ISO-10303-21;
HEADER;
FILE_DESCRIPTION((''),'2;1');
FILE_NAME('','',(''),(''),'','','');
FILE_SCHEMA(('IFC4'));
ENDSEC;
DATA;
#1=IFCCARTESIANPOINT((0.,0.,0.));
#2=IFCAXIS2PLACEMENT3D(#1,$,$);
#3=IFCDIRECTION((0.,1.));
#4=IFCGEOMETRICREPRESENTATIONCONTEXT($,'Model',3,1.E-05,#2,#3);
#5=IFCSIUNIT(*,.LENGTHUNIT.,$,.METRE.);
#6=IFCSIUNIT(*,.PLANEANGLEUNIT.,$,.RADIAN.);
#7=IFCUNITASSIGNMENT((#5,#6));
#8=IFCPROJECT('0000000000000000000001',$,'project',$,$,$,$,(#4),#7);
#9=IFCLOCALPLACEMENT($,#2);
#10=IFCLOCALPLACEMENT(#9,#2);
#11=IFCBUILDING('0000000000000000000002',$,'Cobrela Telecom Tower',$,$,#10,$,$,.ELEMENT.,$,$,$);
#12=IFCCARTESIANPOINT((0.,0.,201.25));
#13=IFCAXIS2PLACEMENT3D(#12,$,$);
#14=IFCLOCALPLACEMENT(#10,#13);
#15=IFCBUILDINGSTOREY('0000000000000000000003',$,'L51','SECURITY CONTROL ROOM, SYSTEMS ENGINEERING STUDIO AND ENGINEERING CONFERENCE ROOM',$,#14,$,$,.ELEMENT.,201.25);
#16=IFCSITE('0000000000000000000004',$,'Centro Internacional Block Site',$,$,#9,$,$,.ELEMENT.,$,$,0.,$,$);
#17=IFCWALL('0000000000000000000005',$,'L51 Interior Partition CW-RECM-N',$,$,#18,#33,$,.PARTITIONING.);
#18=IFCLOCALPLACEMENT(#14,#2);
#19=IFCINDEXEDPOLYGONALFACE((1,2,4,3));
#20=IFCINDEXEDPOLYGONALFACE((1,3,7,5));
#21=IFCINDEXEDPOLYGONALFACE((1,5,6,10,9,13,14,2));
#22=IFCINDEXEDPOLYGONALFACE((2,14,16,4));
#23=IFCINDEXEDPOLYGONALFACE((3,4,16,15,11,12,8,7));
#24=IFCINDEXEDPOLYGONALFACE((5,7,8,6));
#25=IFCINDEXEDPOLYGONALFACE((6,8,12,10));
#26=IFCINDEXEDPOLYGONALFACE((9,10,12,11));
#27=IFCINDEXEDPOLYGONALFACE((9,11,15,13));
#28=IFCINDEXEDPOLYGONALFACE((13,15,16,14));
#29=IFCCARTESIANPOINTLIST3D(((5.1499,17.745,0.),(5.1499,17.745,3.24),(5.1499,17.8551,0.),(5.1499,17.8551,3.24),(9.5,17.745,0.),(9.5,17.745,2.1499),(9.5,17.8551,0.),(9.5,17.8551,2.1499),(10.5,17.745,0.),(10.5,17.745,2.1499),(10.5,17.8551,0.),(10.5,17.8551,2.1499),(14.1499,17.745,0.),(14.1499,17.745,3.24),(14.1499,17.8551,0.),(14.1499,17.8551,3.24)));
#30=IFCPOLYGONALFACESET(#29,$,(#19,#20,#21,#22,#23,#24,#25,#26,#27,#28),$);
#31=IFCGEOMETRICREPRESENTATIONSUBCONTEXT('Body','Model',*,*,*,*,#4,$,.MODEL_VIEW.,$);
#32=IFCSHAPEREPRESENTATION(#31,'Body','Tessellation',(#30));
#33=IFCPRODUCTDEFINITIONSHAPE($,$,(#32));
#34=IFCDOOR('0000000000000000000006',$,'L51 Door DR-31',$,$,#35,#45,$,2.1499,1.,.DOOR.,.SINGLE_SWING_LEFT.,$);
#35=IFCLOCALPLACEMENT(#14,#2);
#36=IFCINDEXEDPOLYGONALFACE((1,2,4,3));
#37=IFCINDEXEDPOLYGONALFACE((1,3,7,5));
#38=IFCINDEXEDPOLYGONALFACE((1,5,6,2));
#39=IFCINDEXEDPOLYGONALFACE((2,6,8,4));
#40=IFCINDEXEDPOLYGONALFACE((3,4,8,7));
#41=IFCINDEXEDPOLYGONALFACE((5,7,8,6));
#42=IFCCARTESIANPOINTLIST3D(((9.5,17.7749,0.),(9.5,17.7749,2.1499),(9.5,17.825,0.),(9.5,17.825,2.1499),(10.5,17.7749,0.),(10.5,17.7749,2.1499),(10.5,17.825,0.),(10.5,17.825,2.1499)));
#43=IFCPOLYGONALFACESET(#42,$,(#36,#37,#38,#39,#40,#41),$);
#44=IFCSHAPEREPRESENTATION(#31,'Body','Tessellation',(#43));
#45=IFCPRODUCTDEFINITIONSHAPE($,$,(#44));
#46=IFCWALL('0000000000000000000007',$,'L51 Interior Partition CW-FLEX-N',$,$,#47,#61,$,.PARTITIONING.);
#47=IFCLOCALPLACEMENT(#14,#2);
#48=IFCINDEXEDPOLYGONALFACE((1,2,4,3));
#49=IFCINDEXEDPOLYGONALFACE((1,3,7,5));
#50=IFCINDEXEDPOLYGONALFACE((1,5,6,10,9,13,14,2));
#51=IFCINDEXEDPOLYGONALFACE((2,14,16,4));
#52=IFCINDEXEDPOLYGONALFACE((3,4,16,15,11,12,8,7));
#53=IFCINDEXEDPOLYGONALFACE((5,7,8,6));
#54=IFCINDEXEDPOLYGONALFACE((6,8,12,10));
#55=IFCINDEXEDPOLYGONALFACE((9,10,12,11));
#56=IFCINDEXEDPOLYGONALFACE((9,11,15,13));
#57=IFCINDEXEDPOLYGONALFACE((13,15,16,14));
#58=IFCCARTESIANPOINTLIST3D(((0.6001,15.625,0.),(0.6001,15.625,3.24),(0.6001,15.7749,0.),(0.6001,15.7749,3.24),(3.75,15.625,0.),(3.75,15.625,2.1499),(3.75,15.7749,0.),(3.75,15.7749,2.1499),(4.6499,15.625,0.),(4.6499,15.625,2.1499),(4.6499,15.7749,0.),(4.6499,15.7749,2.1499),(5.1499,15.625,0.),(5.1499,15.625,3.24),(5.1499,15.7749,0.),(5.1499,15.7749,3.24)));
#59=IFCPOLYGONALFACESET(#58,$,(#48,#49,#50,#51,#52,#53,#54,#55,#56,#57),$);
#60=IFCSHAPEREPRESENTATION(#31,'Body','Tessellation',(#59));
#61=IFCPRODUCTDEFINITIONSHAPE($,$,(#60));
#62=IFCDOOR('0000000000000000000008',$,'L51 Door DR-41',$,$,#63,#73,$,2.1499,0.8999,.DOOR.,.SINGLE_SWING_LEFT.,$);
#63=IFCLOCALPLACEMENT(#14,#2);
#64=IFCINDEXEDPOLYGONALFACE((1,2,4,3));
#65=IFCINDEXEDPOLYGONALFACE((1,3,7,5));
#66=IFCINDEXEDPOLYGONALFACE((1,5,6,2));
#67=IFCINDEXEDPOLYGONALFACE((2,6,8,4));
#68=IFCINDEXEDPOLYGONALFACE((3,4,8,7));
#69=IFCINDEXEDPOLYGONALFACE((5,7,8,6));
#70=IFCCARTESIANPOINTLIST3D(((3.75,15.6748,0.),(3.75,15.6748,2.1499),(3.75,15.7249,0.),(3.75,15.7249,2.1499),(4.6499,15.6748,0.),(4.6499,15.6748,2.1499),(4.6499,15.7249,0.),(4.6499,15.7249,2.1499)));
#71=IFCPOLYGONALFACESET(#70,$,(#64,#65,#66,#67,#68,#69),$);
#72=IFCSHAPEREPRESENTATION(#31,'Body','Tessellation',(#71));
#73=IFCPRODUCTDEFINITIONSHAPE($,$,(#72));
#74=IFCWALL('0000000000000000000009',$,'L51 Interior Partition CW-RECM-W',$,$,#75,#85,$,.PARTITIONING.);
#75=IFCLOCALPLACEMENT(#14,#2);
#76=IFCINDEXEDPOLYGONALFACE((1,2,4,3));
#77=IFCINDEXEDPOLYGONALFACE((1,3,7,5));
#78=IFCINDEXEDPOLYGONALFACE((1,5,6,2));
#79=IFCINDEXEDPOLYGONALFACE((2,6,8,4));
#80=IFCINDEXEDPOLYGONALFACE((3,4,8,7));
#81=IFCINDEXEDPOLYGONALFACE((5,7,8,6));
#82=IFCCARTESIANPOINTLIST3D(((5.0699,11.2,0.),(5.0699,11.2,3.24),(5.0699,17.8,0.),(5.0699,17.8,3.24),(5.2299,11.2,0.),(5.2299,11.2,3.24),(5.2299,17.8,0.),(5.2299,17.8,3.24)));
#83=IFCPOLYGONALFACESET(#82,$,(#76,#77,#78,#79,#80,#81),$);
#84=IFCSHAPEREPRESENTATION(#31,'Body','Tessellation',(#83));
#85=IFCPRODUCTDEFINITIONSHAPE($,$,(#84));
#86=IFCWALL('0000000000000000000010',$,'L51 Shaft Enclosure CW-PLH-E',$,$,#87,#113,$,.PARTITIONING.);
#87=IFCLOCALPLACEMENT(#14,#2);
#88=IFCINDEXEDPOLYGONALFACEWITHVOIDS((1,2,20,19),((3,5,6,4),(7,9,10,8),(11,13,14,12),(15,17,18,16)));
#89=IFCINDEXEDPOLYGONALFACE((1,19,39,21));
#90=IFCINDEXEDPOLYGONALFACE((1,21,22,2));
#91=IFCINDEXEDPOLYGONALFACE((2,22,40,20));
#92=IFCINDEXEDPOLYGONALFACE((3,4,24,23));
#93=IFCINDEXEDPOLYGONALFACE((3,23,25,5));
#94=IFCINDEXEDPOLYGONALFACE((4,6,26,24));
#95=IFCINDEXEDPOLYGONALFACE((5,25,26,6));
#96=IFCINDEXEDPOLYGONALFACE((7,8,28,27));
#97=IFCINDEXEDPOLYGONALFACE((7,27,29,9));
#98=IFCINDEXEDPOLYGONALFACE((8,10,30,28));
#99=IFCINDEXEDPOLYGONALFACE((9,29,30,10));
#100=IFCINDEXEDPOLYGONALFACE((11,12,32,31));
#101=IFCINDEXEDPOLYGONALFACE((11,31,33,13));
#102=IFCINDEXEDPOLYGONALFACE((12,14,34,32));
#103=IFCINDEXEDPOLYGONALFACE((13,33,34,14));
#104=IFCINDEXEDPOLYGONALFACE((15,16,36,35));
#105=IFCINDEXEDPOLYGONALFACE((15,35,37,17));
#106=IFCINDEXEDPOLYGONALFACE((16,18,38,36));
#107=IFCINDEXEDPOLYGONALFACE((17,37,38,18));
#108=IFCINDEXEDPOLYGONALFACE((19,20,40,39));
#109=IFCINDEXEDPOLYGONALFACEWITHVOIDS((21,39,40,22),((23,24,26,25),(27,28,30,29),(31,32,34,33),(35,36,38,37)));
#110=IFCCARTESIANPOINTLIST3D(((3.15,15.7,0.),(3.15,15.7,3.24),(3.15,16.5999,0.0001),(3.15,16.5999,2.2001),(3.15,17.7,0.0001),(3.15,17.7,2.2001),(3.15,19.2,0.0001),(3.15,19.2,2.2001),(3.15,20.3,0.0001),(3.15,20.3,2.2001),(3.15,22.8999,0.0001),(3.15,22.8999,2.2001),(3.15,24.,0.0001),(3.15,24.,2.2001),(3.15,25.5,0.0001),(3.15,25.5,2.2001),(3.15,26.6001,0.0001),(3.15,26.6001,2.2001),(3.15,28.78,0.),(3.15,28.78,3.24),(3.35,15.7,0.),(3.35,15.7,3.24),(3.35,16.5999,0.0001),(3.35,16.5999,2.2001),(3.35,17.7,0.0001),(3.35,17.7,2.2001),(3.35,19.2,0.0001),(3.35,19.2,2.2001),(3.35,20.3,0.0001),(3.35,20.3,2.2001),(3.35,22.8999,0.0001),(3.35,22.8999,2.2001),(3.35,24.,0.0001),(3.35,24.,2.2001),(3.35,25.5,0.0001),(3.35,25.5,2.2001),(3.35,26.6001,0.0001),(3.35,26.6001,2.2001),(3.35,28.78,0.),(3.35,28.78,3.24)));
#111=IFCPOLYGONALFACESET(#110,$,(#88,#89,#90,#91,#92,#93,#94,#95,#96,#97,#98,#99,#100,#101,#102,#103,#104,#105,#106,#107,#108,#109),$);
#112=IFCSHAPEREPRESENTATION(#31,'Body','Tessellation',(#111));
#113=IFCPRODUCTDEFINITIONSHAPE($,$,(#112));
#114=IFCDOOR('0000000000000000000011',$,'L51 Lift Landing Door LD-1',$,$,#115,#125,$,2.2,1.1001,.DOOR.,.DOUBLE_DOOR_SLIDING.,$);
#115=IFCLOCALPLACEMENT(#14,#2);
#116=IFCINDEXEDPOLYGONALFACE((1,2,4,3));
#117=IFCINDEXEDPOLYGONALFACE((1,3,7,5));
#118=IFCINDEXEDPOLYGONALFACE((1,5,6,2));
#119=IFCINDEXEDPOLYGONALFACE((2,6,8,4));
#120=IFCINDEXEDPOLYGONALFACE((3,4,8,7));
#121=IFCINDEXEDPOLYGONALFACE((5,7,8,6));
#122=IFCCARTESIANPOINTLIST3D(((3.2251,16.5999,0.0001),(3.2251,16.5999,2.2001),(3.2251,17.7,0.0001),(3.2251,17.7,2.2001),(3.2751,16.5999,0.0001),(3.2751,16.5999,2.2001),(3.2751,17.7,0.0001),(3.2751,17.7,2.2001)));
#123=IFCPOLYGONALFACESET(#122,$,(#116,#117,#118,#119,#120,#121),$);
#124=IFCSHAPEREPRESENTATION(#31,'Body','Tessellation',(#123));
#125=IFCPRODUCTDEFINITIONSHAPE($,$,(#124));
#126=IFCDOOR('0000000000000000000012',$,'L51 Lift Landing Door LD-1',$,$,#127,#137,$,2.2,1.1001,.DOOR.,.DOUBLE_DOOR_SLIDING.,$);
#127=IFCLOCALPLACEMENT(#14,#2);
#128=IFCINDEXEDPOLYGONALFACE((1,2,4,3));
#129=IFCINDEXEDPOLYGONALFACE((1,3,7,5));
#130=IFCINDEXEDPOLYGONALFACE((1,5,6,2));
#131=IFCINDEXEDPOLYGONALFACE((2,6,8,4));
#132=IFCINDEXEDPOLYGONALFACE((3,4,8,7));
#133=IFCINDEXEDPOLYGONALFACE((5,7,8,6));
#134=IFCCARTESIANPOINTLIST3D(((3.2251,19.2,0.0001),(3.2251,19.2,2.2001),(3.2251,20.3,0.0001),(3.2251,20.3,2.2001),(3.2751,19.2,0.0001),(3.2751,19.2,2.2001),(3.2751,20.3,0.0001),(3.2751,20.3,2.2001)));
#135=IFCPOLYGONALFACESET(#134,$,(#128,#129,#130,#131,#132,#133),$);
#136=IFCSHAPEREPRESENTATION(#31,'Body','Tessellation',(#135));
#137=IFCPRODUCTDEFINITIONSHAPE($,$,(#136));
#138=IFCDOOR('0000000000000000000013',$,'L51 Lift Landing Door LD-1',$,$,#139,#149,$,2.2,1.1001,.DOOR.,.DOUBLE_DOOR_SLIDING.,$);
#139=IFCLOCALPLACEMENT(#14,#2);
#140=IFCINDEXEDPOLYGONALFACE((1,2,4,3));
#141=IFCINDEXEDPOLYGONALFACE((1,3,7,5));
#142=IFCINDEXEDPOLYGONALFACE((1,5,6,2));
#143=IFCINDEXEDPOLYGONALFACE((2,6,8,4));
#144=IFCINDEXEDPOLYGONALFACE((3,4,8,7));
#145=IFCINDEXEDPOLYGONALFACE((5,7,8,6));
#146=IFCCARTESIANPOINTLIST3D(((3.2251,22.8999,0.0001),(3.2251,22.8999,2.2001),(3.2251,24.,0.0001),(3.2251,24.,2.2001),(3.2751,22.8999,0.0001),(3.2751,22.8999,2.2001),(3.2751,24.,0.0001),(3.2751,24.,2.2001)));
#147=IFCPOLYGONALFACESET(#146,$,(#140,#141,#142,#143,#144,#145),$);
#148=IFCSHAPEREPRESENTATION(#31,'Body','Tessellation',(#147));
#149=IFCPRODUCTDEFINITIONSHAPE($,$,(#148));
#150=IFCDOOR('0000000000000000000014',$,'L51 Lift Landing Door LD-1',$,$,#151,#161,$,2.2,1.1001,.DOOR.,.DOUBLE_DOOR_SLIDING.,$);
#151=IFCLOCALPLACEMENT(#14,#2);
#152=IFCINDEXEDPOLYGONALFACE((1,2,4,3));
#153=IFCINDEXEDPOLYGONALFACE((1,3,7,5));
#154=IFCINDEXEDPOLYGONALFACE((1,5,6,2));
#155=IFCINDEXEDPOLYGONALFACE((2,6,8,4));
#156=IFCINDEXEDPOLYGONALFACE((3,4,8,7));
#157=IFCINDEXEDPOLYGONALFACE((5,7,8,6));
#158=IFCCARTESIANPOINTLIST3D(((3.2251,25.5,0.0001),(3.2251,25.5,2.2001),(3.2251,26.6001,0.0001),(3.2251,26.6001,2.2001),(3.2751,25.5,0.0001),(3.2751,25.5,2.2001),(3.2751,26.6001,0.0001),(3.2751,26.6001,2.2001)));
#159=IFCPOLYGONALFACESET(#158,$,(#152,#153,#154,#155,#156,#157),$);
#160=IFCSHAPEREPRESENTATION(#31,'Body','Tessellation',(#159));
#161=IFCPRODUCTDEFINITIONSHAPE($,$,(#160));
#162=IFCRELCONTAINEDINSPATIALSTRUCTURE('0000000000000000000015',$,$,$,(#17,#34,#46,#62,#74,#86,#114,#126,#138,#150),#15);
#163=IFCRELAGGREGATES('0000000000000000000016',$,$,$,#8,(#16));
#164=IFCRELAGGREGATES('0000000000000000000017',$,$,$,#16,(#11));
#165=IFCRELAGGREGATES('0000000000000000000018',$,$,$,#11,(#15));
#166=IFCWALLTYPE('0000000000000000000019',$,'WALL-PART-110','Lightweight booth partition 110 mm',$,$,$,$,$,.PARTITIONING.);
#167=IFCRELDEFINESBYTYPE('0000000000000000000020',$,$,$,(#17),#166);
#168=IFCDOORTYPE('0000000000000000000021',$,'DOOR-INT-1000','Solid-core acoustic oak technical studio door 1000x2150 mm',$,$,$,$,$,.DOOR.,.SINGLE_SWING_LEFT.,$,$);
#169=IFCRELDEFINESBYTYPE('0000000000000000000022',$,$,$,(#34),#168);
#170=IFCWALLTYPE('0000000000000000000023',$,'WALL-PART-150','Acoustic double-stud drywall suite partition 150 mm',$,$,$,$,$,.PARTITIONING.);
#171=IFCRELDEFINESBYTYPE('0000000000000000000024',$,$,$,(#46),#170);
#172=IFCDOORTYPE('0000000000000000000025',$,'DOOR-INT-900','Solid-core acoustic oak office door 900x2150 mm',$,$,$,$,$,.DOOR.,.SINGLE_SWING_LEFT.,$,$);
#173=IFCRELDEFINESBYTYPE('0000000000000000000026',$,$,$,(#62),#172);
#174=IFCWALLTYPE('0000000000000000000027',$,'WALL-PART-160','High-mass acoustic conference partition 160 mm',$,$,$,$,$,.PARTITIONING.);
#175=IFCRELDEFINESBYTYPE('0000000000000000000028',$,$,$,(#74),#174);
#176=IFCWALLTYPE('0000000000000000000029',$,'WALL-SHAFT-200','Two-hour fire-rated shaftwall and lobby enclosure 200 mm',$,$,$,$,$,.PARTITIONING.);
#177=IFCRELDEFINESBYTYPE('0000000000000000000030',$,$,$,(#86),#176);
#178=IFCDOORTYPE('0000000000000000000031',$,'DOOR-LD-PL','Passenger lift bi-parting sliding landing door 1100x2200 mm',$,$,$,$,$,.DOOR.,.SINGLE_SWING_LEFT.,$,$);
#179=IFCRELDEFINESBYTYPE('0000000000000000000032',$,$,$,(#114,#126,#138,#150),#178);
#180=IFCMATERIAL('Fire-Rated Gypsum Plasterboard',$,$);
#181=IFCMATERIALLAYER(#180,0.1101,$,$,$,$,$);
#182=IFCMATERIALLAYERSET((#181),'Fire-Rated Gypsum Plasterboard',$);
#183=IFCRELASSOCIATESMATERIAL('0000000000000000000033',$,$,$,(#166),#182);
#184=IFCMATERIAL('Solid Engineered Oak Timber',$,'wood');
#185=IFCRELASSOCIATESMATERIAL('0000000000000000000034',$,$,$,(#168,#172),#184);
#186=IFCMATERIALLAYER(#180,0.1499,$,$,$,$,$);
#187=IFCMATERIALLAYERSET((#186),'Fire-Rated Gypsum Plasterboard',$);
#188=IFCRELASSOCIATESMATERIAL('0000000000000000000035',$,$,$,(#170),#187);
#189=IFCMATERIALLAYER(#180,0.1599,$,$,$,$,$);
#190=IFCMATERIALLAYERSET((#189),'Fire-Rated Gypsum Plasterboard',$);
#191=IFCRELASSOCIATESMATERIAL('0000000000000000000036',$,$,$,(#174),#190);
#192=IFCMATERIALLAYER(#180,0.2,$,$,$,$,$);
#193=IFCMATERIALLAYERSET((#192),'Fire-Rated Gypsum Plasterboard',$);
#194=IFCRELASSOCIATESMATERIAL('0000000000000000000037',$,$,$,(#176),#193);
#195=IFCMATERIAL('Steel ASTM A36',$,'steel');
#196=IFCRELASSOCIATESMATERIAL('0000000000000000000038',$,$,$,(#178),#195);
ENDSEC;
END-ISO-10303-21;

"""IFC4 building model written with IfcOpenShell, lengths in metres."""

from ifc_helpers import new_model, si_unit, direction, frame, frame_2d, origin, place, context, subcontext, project, spatial, rectangle, extrude, material, layer, layer_set, type_object, element, fill, save


model = new_model("IFC4")

# Units and contexts
model_context = context("Model", 3, precision=1e-05, world=origin(), true_north=direction((0.0, 1.0)))
body_context = subcontext(model_context, "Body", "Model", "MODEL_VIEW")
ifc_project = project(units=[si_unit("LENGTHUNIT", "METRE"), si_unit("PLANEANGLEUNIT", "RADIAN")], contexts=[model_context])

# Site, building, storey
site_placement = place(None, origin())
site = spatial("IfcSite", under=ifc_project, at=site_placement, Name="Centro Internacional Block Site", CompositionType="ELEMENT", RefElevation=0.0)
building_placement = place(site_placement, origin())
building = spatial("IfcBuilding", under=site, at=building_placement, Name="Cobrela Telecom Tower", CompositionType="ELEMENT")
storey_placement = place(building_placement, frame((0.0, 0.0, 201.25)))
storey = spatial("IfcBuildingStorey", under=building, at=storey_placement, Name="L51", Description="SECURITY CONTROL ROOM, SYSTEMS ENGINEERING STUDIO AND ENGINEERING CONFERENCE ROOM", CompositionType="ELEMENT", Elevation=201.25)

# Walls, openings, doors
ifc_material_1 = material(Name="Fire-Rated Gypsum Plasterboard")
ifc_layer_1 = layer(ifc_material_1, 0.1101)
ifc_layer_set_1 = layer_set([ifc_layer_1], Name="Fire-Rated Gypsum Plasterboard")
wall_type_1 = type_object("IfcWallType", Name="WALL-PART-110", Description="Lightweight booth partition 110 mm", PredefinedType="PARTITIONING", material=ifc_layer_set_1)
wall_1_placement = place(storey_placement, frame((5.1499, 17.8, 0.0), z_axis=(0.0, 0.0, 1.0), x_axis=(1.0, 0.0, 0.0)))
wall_1 = element("IfcWall", 1, at=wall_1_placement, inside=storey, type_object=wall_type_1, Name="L51 Interior Partition CW-RECM-N", PredefinedType="PARTITIONING", context=body_context, shape_type="SweptSolid", body=[
    extrude(rectangle(XDim=9.0, YDim=0.1101, at=frame_2d((4.5, 0.0))), origin(), (0.0, 0.0, 1.0), 3.24),
])
opening_1_placement = place(wall_1_placement, frame((4.3501, 0.0, 0.0)))
opening_1 = element("IfcOpeningElement", 2, at=opening_1_placement, cuts=wall_1, PredefinedType="OPENING", context=body_context, shape_type="SweptSolid", body=[
    extrude(rectangle(XDim=1.0, YDim=2.1499, at=frame_2d((0.5, 1.075))), frame((0.0, 0.0669, 0.0), z_axis=(0.0, -1.0, 0.0), x_axis=(1.0, 0.0, 0.0)), (0.0, 0.0, 1.0), 0.134),
])
ifc_material_2 = material(Name="Solid Engineered Oak Timber", Category="wood")
door_type_1 = type_object("IfcDoorType", Name="DOOR-INT-1000", Description="Solid-core acoustic oak technical studio door 1000x2150 mm", OperationType="SINGLE_SWING_LEFT", PredefinedType="DOOR", material=ifc_material_2)
door_1_placement = place(opening_1_placement, origin())
door_1 = element("IfcDoor", 3, at=door_1_placement, inside=storey, type_object=door_type_1, Name="L51 Door DR-31", OperationType="SINGLE_SWING_LEFT", OverallHeight=2.1499, OverallWidth=1.0, PredefinedType="DOOR", context=body_context, shape_type="SweptSolid", body=[
    extrude(rectangle(XDim=1.0, YDim=2.1499, at=frame_2d((0.5, 1.075))), frame((0.0, 0.0249, 0.0), z_axis=(0.0, -1.0, 0.0), x_axis=(1.0, 0.0, 0.0)), (0.0, 0.0, 1.0), 0.05),
])
fill(opening_1, door_1)
ifc_layer_2 = layer(ifc_material_1, 0.1499)
ifc_layer_set_2 = layer_set([ifc_layer_2], Name="Fire-Rated Gypsum Plasterboard")
wall_type_2 = type_object("IfcWallType", Name="WALL-PART-150", Description="Acoustic double-stud drywall suite partition 150 mm", PredefinedType="PARTITIONING", material=ifc_layer_set_2)
wall_2_placement = place(storey_placement, frame((0.6001, 15.7, 0.0), z_axis=(0.0, 0.0, 1.0), x_axis=(1.0, 0.0, 0.0)))
wall_2 = element("IfcWall", 4, at=wall_2_placement, inside=storey, type_object=wall_type_2, Name="L51 Interior Partition CW-FLEX-N", PredefinedType="PARTITIONING", context=body_context, shape_type="SweptSolid", body=[
    extrude(rectangle(XDim=4.5498, YDim=0.1499, at=frame_2d((2.2749, 0.0))), origin(), (0.0, 0.0, 1.0), 3.24),
])
opening_2_placement = place(wall_2_placement, frame((3.1499, 0.0, 0.0)))
opening_2 = element("IfcOpeningElement", 5, at=opening_2_placement, cuts=wall_2, PredefinedType="OPENING", context=body_context, shape_type="SweptSolid", body=[
    extrude(rectangle(XDim=0.8999, YDim=2.1499, at=frame_2d((0.45, 1.075))), frame((0.0, 0.0869, 0.0), z_axis=(0.0, -1.0, 0.0), x_axis=(1.0, 0.0, 0.0)), (0.0, 0.0, 1.0), 0.1738),
])
door_type_2 = type_object("IfcDoorType", Name="DOOR-INT-900", Description="Solid-core acoustic oak office door 900x2150 mm", OperationType="SINGLE_SWING_LEFT", PredefinedType="DOOR", material=ifc_material_2)
door_2_placement = place(opening_2_placement, origin())
door_2 = element("IfcDoor", 6, at=door_2_placement, inside=storey, type_object=door_type_2, Name="L51 Door DR-41", OperationType="SINGLE_SWING_LEFT", OverallHeight=2.1499, OverallWidth=0.8999, PredefinedType="DOOR", context=body_context, shape_type="SweptSolid", body=[
    extrude(rectangle(XDim=0.8999, YDim=2.1499, at=frame_2d((0.45, 1.075))), frame((0.0, 0.0249, 0.0), z_axis=(0.0, -1.0, 0.0), x_axis=(1.0, 0.0, 0.0)), (0.0, 0.0, 1.0), 0.05),
])
fill(opening_2, door_2)

# Wall
ifc_layer_3 = layer(ifc_material_1, 0.1599)
ifc_layer_set_3 = layer_set([ifc_layer_3], Name="Fire-Rated Gypsum Plasterboard")
wall_type_3 = type_object("IfcWallType", Name="WALL-PART-160", Description="High-mass acoustic conference partition 160 mm", PredefinedType="PARTITIONING", material=ifc_layer_set_3)
wall_3_placement = place(storey_placement, frame((5.1499, 11.2, 0.0), z_axis=(0.0, 0.0, 1.0), x_axis=(0.0, 1.0, 0.0)))
element("IfcWall", 7, at=wall_3_placement, inside=storey, type_object=wall_type_3, Name="L51 Interior Partition CW-RECM-W", PredefinedType="PARTITIONING", context=body_context, shape_type="SweptSolid", body=[
    extrude(rectangle(XDim=6.6001, YDim=0.1599, at=frame_2d((3.3, 0.0))), origin(), (0.0, 0.0, 1.0), 3.24),
])

# Wall, openings, doors
ifc_layer_4 = layer(ifc_material_1, 0.2)
ifc_layer_set_4 = layer_set([ifc_layer_4], Name="Fire-Rated Gypsum Plasterboard")
wall_type_4 = type_object("IfcWallType", Name="WALL-SHAFT-200", Description="Two-hour fire-rated shaftwall and lobby enclosure 200 mm", PredefinedType="PARTITIONING", material=ifc_layer_set_4)
wall_4_placement = place(storey_placement, frame((3.25, 15.7, 0.0), z_axis=(0.0, 0.0, 1.0), x_axis=(0.0, 1.0, 0.0)))
wall_4 = element("IfcWall", 8, at=wall_4_placement, inside=storey, type_object=wall_type_4, Name="L51 Shaft Enclosure CW-PLH-E", PredefinedType="PARTITIONING", context=body_context, shape_type="SweptSolid", body=[
    extrude(rectangle(XDim=13.0801, YDim=0.2, at=frame_2d((6.54, 0.0))), origin(), (0.0, 0.0, 1.0), 3.24),
])
opening_3_placement = place(wall_4_placement, frame((0.8999, 0.0, 0.0)))
opening_3 = element("IfcOpeningElement", 9, at=opening_3_placement, cuts=wall_4, PredefinedType="OPENING", context=body_context, shape_type="SweptSolid", body=[
    extrude(rectangle(XDim=1.1001, YDim=2.2, at=frame_2d((0.55, 1.1001))), frame((0.0, 0.1118, 0.0), z_axis=(0.0, -1.0, 0.0), x_axis=(1.0, 0.0, 0.0)), (0.0, 0.0, 1.0), 0.2239),
])
opening_4_placement = place(wall_4_placement, frame((3.5, 0.0, 0.0)))
opening_4 = element("IfcOpeningElement", 10, at=opening_4_placement, cuts=wall_4, PredefinedType="OPENING", context=body_context, shape_type="SweptSolid", body=[
    extrude(rectangle(XDim=1.1001, YDim=2.2, at=frame_2d((0.55, 1.1001))), frame((0.0, 0.1118, 0.0), z_axis=(0.0, -1.0, 0.0), x_axis=(1.0, 0.0, 0.0)), (0.0, 0.0, 1.0), 0.2239),
])
opening_5_placement = place(wall_4_placement, frame((7.2, 0.0, 0.0)))
opening_5 = element("IfcOpeningElement", 11, at=opening_5_placement, cuts=wall_4, PredefinedType="OPENING", context=body_context, shape_type="SweptSolid", body=[
    extrude(rectangle(XDim=1.1001, YDim=2.2, at=frame_2d((0.55, 1.1001))), frame((0.0, 0.1118, 0.0), z_axis=(0.0, -1.0, 0.0), x_axis=(1.0, 0.0, 0.0)), (0.0, 0.0, 1.0), 0.2239),
])
opening_6_placement = place(wall_4_placement, frame((9.8, 0.0, 0.0)))
opening_6 = element("IfcOpeningElement", 12, at=opening_6_placement, cuts=wall_4, PredefinedType="OPENING", context=body_context, shape_type="SweptSolid", body=[
    extrude(rectangle(XDim=1.1001, YDim=2.2, at=frame_2d((0.55, 1.1001))), frame((0.0, 0.1118, 0.0), z_axis=(0.0, -1.0, 0.0), x_axis=(1.0, 0.0, 0.0)), (0.0, 0.0, 1.0), 0.2239),
])
ifc_material_3 = material(Name="Steel ASTM A36", Category="steel")
door_type_3 = type_object("IfcDoorType", Name="DOOR-LD-PL", Description="Passenger lift bi-parting sliding landing door 1100x2200 mm", OperationType="SINGLE_SWING_LEFT", PredefinedType="DOOR", material=ifc_material_3)
door_3_placement = place(opening_3_placement, origin())
door_3 = element("IfcDoor", 13, at=door_3_placement, inside=storey, type_object=door_type_3, Name="L51 Lift Landing Door LD-1", OperationType="DOUBLE_DOOR_SLIDING", OverallHeight=2.2, OverallWidth=1.1001, PredefinedType="DOOR", context=body_context, shape_type="SweptSolid", body=[
    extrude(rectangle(XDim=1.1001, YDim=2.2, at=frame_2d((0.55, 1.1001))), frame((0.0, 0.0249, 0.0), z_axis=(0.0, -1.0, 0.0), x_axis=(1.0, 0.0, 0.0)), (0.0, 0.0, 1.0), 0.05),
])
fill(opening_3, door_3)
door_4_placement = place(opening_4_placement, origin())
door_4 = element("IfcDoor", 14, at=door_4_placement, inside=storey, type_object=door_type_3, Name="L51 Lift Landing Door LD-1", OperationType="DOUBLE_DOOR_SLIDING", OverallHeight=2.2, OverallWidth=1.1001, PredefinedType="DOOR", context=body_context, shape_type="SweptSolid", body=[
    extrude(rectangle(XDim=1.1001, YDim=2.2, at=frame_2d((0.55, 1.1001))), frame((0.0, 0.0249, 0.0), z_axis=(0.0, -1.0, 0.0), x_axis=(1.0, 0.0, 0.0)), (0.0, 0.0, 1.0), 0.05),
])
fill(opening_4, door_4)
door_5_placement = place(opening_5_placement, origin())
door_5 = element("IfcDoor", 15, at=door_5_placement, inside=storey, type_object=door_type_3, Name="L51 Lift Landing Door LD-1", OperationType="DOUBLE_DOOR_SLIDING", OverallHeight=2.2, OverallWidth=1.1001, PredefinedType="DOOR", context=body_context, shape_type="SweptSolid", body=[
    extrude(rectangle(XDim=1.1001, YDim=2.2, at=frame_2d((0.55, 1.1001))), frame((0.0, 0.0249, 0.0), z_axis=(0.0, -1.0, 0.0), x_axis=(1.0, 0.0, 0.0)), (0.0, 0.0, 1.0), 0.05),
])
fill(opening_5, door_5)
door_6_placement = place(opening_6_placement, origin())
door_6 = element("IfcDoor", 16, at=door_6_placement, inside=storey, type_object=door_type_3, Name="L51 Lift Landing Door LD-1", OperationType="DOUBLE_DOOR_SLIDING", OverallHeight=2.2, OverallWidth=1.1001, PredefinedType="DOOR", context=body_context, shape_type="SweptSolid", body=[
    extrude(rectangle(XDim=1.1001, YDim=2.2, at=frame_2d((0.55, 1.1001))), frame((0.0, 0.0249, 0.0), z_axis=(0.0, -1.0, 0.0), x_axis=(1.0, 0.0, 0.0)), (0.0, 0.0, 1.0), 0.05),
])
fill(opening_6, door_6)

save(model, "model.ifc")
